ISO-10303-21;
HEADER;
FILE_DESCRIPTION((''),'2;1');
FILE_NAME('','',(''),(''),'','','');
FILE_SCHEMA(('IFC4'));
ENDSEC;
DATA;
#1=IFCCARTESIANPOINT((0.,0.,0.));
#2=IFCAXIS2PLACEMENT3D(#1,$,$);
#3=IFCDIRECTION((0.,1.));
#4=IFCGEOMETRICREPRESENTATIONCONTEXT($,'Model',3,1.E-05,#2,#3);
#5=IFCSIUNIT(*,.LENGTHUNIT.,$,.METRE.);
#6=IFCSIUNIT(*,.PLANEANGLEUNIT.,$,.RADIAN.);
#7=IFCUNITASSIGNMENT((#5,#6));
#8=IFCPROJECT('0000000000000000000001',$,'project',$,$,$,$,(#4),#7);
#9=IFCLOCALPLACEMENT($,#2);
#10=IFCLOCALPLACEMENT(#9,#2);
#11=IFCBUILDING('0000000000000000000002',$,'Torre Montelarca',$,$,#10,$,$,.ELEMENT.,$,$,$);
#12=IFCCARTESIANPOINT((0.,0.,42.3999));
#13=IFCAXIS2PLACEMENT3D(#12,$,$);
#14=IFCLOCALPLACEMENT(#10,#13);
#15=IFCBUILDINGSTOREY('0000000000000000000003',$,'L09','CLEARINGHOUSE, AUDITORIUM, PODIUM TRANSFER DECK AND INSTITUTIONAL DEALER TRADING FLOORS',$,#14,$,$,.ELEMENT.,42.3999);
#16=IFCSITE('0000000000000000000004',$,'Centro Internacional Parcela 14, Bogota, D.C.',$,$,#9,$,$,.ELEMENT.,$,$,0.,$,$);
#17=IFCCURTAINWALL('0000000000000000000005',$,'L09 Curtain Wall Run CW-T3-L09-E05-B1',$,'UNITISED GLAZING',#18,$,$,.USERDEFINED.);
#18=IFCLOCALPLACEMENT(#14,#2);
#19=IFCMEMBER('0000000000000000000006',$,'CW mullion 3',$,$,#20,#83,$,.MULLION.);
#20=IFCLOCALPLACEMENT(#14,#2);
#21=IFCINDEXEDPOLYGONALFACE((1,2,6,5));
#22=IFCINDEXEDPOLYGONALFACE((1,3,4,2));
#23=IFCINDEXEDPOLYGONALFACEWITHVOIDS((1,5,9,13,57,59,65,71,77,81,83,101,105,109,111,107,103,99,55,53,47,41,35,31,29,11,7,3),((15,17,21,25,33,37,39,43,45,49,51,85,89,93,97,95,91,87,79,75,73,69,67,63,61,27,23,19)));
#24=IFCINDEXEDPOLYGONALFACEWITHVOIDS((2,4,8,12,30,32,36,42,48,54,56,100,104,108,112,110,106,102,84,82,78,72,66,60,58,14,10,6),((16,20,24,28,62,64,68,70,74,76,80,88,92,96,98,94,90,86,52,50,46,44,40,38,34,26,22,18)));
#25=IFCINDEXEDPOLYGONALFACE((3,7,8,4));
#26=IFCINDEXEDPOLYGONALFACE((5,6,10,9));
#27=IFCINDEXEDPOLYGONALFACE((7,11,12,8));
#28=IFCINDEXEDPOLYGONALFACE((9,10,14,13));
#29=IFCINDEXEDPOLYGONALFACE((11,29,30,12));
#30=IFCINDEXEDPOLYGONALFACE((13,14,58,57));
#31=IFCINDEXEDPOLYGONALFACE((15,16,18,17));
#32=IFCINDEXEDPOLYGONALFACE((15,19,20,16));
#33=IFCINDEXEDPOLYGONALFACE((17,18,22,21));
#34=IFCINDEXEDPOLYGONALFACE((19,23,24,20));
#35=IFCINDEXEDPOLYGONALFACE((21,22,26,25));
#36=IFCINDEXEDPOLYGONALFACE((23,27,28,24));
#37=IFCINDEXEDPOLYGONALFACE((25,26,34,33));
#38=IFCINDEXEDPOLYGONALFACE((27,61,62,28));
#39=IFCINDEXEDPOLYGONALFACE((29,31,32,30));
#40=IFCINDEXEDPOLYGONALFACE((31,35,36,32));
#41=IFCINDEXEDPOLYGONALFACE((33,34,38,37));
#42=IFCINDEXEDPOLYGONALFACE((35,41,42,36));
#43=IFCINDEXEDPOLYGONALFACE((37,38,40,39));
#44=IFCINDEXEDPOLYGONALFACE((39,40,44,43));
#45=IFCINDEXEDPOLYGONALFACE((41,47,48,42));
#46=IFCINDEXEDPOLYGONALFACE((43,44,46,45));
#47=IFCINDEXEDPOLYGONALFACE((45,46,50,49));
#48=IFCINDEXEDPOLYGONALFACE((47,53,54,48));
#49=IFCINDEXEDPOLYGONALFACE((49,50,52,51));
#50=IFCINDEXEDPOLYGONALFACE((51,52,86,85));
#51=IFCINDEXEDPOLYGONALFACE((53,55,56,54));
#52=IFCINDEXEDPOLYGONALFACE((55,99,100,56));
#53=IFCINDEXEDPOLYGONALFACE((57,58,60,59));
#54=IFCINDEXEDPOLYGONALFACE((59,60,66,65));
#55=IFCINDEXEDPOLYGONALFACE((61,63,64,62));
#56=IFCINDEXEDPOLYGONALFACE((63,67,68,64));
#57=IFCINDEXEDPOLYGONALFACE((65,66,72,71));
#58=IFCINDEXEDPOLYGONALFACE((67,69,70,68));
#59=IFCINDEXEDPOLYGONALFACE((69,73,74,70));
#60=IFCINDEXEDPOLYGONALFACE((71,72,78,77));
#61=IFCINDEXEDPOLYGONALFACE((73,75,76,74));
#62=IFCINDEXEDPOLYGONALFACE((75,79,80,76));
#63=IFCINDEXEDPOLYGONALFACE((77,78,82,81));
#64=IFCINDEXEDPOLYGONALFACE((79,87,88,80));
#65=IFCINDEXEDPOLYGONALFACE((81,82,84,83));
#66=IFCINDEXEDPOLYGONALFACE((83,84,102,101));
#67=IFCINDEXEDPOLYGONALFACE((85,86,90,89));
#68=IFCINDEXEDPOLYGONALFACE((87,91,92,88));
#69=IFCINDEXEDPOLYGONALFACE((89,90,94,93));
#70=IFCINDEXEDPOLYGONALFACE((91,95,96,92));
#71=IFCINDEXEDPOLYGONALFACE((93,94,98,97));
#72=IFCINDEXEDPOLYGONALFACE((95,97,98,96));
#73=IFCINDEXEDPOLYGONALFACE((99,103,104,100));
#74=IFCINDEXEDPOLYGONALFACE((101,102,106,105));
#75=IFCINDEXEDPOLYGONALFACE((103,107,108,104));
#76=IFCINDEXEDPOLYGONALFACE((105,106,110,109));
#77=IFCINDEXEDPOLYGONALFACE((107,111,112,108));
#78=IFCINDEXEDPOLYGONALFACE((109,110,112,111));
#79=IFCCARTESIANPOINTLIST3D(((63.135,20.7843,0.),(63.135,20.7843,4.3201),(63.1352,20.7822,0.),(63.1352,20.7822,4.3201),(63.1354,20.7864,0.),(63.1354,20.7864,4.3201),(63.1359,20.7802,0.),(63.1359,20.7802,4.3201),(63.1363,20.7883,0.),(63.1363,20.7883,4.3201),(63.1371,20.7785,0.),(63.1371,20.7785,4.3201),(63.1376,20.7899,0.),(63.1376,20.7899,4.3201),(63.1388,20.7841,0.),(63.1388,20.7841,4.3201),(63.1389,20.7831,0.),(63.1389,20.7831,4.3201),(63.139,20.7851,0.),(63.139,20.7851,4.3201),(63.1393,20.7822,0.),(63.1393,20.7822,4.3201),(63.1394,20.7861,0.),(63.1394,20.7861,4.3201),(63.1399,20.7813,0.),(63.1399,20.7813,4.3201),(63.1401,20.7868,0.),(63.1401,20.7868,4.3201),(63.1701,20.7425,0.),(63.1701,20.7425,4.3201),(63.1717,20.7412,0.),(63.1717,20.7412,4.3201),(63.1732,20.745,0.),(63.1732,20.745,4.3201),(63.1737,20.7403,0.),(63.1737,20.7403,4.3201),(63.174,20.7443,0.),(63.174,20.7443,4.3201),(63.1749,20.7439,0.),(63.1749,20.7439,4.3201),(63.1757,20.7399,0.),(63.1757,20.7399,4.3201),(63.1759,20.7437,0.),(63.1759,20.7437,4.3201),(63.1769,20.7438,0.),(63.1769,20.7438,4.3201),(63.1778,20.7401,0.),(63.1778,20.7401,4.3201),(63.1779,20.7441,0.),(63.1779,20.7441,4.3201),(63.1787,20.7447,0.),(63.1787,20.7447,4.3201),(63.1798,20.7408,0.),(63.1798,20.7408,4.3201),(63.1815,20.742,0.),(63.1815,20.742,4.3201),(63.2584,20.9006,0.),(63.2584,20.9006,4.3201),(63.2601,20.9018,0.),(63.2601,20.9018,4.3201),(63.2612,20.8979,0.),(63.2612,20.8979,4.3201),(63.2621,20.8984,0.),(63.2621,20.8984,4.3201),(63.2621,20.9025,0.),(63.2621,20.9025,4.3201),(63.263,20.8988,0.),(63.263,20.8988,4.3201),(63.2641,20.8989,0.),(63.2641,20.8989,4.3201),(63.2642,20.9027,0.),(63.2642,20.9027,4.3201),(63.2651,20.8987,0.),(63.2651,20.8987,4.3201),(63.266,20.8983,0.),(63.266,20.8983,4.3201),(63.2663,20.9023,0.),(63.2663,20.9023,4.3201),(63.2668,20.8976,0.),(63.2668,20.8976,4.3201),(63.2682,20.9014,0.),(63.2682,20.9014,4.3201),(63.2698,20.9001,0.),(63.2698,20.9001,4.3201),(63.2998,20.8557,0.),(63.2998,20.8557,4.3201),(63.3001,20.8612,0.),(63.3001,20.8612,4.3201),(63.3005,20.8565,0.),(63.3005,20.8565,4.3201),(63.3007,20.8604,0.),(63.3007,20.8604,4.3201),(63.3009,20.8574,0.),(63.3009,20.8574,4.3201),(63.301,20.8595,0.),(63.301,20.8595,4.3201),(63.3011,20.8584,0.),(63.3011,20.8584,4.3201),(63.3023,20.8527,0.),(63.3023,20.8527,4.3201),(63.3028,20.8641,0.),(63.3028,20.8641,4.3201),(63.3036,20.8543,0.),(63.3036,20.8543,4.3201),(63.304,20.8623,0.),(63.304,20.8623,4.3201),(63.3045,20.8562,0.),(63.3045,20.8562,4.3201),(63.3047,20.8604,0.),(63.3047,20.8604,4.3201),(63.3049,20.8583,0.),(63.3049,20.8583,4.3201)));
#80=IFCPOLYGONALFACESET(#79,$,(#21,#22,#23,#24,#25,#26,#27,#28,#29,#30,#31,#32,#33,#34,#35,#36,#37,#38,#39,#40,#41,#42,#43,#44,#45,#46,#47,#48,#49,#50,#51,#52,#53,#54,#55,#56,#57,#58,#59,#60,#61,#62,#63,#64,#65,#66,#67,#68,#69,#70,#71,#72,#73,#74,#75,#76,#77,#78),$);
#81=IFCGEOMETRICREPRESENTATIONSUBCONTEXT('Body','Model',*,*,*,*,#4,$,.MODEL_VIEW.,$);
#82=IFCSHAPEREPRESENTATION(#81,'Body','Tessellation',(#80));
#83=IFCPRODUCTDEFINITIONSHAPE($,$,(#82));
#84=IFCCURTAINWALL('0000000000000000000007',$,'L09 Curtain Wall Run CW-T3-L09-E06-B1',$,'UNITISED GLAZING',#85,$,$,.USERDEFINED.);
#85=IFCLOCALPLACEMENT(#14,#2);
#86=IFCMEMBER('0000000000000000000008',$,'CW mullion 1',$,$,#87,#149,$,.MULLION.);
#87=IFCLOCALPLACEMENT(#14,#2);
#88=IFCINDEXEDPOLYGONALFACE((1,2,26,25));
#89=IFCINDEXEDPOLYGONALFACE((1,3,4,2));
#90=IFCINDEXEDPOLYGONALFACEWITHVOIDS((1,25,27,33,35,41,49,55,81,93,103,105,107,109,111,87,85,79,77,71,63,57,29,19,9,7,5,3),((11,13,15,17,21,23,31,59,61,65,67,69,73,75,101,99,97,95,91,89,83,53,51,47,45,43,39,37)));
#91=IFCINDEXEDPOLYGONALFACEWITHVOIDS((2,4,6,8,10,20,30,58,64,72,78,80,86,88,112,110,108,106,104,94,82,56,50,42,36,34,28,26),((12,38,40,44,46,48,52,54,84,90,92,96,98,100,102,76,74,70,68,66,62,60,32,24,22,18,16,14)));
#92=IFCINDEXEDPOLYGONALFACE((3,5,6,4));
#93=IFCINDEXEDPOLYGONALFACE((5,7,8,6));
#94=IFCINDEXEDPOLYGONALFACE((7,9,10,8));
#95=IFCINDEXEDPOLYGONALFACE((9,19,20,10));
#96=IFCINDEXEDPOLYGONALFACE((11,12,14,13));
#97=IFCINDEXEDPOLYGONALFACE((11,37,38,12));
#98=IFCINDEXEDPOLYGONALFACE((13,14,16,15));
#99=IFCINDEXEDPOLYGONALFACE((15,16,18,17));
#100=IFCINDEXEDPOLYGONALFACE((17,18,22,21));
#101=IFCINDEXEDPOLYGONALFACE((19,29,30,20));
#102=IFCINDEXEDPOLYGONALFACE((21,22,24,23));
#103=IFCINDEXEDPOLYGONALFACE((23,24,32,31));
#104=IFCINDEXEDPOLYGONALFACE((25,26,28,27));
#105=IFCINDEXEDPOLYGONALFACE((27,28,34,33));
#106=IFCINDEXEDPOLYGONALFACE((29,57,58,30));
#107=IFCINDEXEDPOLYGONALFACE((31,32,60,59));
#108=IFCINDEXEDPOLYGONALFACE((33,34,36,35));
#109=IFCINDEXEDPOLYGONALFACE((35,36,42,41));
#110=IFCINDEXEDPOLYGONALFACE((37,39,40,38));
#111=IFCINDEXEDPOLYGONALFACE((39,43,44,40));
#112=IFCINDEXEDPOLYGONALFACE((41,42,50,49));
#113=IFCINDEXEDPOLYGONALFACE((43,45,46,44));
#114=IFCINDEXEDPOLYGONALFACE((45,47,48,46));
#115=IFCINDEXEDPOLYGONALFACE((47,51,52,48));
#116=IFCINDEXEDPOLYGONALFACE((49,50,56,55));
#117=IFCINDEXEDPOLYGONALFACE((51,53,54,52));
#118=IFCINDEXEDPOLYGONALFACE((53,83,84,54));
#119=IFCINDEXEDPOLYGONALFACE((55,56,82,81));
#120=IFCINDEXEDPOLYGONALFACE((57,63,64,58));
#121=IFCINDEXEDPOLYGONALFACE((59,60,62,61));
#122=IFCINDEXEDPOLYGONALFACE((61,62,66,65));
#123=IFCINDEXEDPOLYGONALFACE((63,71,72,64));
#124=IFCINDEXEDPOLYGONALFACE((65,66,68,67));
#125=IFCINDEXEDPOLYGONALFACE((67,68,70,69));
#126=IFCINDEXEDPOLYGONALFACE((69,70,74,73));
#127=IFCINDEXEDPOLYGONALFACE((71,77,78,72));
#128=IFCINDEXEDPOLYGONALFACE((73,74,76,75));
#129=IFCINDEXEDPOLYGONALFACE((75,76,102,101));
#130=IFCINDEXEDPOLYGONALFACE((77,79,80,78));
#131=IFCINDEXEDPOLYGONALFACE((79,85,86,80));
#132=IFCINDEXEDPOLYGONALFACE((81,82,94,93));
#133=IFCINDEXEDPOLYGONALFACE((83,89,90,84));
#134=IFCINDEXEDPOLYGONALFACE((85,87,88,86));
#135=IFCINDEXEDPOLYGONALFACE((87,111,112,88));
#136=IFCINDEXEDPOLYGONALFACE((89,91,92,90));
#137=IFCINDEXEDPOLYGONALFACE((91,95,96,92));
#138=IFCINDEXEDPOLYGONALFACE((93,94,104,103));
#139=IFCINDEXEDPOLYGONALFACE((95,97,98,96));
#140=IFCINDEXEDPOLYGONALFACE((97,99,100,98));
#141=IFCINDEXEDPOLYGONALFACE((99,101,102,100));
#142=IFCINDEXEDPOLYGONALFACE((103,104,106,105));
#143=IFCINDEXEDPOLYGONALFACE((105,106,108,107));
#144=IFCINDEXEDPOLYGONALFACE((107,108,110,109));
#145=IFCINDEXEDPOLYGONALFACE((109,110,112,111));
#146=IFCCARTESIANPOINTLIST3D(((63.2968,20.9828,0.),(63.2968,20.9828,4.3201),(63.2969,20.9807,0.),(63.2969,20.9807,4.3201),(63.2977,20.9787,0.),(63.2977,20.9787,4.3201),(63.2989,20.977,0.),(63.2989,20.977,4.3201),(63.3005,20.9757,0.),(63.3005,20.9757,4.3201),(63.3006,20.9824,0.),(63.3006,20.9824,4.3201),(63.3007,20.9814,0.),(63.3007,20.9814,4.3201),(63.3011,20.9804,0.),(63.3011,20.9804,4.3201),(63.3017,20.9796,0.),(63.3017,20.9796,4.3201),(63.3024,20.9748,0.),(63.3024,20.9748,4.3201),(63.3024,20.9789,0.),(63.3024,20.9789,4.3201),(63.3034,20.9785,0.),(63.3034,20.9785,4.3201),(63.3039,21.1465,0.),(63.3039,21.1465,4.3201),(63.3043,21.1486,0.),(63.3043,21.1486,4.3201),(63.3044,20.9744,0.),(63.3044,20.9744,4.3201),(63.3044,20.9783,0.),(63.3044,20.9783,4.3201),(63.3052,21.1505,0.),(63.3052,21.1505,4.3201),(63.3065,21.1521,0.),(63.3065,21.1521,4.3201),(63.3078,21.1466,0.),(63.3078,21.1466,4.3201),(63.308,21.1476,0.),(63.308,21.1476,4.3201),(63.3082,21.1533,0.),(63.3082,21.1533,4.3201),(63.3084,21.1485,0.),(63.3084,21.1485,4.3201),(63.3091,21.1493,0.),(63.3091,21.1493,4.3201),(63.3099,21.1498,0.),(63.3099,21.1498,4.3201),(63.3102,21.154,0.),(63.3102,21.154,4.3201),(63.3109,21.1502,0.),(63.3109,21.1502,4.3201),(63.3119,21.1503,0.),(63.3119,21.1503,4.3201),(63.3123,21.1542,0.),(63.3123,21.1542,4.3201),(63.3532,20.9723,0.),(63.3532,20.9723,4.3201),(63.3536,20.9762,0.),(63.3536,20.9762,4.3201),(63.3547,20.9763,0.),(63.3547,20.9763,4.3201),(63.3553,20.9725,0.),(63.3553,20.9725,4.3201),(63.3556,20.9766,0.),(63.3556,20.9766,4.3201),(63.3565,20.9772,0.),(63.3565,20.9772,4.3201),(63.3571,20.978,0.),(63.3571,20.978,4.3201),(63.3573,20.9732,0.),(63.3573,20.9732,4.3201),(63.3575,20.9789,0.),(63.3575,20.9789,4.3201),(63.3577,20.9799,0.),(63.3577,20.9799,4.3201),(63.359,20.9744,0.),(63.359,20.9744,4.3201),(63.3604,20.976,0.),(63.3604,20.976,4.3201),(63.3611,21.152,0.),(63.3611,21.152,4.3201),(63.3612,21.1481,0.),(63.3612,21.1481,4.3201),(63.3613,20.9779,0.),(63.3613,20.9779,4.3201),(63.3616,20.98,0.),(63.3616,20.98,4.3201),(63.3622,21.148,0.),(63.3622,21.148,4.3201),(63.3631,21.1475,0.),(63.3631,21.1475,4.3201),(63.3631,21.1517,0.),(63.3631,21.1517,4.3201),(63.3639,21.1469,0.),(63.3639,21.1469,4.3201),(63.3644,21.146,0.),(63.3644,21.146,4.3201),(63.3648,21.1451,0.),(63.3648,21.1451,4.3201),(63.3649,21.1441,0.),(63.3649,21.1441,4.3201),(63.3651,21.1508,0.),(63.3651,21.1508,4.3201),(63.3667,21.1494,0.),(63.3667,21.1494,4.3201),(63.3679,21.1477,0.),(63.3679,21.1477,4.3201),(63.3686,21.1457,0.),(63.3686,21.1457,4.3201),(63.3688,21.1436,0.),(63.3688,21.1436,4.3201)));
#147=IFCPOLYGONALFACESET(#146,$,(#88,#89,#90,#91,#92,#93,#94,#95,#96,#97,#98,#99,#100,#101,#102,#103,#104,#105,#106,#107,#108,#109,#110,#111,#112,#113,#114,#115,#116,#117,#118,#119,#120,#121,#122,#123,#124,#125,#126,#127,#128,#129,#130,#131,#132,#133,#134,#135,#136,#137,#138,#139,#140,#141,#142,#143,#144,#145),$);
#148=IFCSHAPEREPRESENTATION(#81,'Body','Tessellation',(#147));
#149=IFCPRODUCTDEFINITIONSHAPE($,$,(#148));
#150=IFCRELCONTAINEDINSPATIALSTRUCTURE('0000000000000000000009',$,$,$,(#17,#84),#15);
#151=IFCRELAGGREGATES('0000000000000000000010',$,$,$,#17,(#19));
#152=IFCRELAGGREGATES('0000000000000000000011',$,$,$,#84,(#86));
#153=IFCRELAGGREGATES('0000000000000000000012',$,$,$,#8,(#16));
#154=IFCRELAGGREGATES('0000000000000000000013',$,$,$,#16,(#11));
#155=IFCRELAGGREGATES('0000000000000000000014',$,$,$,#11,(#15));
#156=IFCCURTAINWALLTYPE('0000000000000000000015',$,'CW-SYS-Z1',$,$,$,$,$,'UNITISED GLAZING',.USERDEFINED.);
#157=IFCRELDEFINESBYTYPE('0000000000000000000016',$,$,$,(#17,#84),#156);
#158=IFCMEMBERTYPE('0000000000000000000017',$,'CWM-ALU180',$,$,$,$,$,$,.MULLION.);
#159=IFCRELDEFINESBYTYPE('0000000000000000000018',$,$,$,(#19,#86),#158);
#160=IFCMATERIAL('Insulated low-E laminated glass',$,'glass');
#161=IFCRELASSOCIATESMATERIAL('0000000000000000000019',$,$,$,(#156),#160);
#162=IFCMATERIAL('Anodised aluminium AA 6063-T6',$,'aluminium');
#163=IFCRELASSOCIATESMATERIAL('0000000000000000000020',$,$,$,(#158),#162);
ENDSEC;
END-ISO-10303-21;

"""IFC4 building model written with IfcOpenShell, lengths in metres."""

from ifc_helpers import new_model, si_unit, direction, frame, origin, origin_2d, place, context, subcontext, project, spatial, hollow_rectangle, extrude, source, transform, mapped, material, material_profile, profile_set, type_object, element, aggregate, save


model = new_model("IFC4")

# Units and contexts
model_context = context("Model", 3, precision=1e-05, world=origin(), true_north=direction((0.0, 1.0)))
body_context = subcontext(model_context, "Body", "Model", "MODEL_VIEW")
ifc_project = project(units=[si_unit("LENGTHUNIT", "METRE"), si_unit("PLANEANGLEUNIT", "RADIAN")], contexts=[model_context])

# Site, building, storey
site_placement = place(None, origin())
site = spatial("IfcSite", under=ifc_project, at=site_placement, Name="Centro Internacional Parcela 14, Bogota, D.C.", CompositionType="ELEMENT", RefElevation=0.0)
building_placement = place(site_placement, origin())
building = spatial("IfcBuilding", under=site, at=building_placement, Name="Torre Montelarca", CompositionType="ELEMENT")
storey_placement = place(building_placement, frame((0.0, 0.0, 42.3999)))
storey = spatial("IfcBuildingStorey", under=building, at=storey_placement, Name="L09", Description="CLEARINGHOUSE, AUDITORIUM, PODIUM TRANSFER DECK AND INSTITUTIONAL DEALER TRADING FLOORS", CompositionType="ELEMENT", Elevation=42.3999)

# Curtain wall, member
ifc_material_1 = material(Name="Insulated low-E laminated glass", Category="glass")
curtain_wall_type = type_object("IfcCurtainWallType", Name="CW-SYS-Z1", ElementType="UNITISED GLAZING", PredefinedType="USERDEFINED", material=ifc_material_1)
ifc_material_2 = material(Name="Anodised aluminium AA 6063-T6", Category="aluminium")
ifc_material_profile_1 = material_profile(ifc_material_2, hollow_rectangle(XDim=0.0649, YDim=0.1799, WallThickness=0.0039, InnerFilletRadius=0.0039, OuterFilletRadius=0.0081, at=origin_2d()), Name="ALU65X180X4", Category="aluminium")
ifc_profile_set_1 = profile_set([ifc_material_profile_1], Name="Anodised aluminium AA 6063-T6")
member_type_1 = type_object("IfcMemberType", Name="CWM-ALU180", PredefinedType="MULLION", material=ifc_profile_set_1)
shared_shape_1 = source(origin(), body_context, "Body", "SweptSolid", [
    extrude(hollow_rectangle(XDim=0.0649, YDim=0.1799, WallThickness=0.0039, InnerFilletRadius=0.0039, OuterFilletRadius=0.0081, at=origin_2d()), origin(), (0.0, 0.0, 1.0), 4.3201),
])
curtain_wall_1_placement = place(storey_placement, origin())
curtain_wall_1 = element("IfcCurtainWall", 1, at=curtain_wall_1_placement, inside=storey, type_object=curtain_wall_type, Name="L09 Curtain Wall Run CW-T3-L09-E05-B1", ObjectType="UNITISED GLAZING", PredefinedType="USERDEFINED")
member_1_placement = place(storey_placement, frame((63.22, 20.8213, 0.0), z_axis=(0.0, 0.0, 1.0), x_axis=(-0.675574, 0.737292, 0.0)))
member_1 = element("IfcMember", 2, at=member_1_placement, type_object=member_type_1, Name="CW mullion 3", PredefinedType="MULLION", context=body_context, shape_type="MappedRepresentation", body=[
    mapped(shared_shape_1, transform((0.0, 0.0, 0.0), scale=1.0)),
])

# Curtain wall, member
curtain_wall_2_placement = place(storey_placement, origin())
curtain_wall_2 = element("IfcCurtainWall", 3, at=curtain_wall_2_placement, inside=storey, type_object=curtain_wall_type, Name="L09 Curtain Wall Run CW-T3-L09-E06-B1", ObjectType="UNITISED GLAZING", PredefinedType="USERDEFINED")
member_2_placement = place(storey_placement, frame((63.3328, 21.0632, 0.0), z_axis=(0.0, 0.0, 1.0), x_axis=(-0.999048, 0.043618, 0.0)))
member_2 = element("IfcMember", 4, at=member_2_placement, type_object=member_type_1, Name="CW mullion 1", PredefinedType="MULLION", context=body_context, shape_type="MappedRepresentation", body=[
    mapped(shared_shape_1, transform((0.0, 0.0, 0.0), scale=1.0)),
])

aggregate(curtain_wall_1, [member_1])
aggregate(curtain_wall_2, [member_2])

save(model, "model.ifc")
